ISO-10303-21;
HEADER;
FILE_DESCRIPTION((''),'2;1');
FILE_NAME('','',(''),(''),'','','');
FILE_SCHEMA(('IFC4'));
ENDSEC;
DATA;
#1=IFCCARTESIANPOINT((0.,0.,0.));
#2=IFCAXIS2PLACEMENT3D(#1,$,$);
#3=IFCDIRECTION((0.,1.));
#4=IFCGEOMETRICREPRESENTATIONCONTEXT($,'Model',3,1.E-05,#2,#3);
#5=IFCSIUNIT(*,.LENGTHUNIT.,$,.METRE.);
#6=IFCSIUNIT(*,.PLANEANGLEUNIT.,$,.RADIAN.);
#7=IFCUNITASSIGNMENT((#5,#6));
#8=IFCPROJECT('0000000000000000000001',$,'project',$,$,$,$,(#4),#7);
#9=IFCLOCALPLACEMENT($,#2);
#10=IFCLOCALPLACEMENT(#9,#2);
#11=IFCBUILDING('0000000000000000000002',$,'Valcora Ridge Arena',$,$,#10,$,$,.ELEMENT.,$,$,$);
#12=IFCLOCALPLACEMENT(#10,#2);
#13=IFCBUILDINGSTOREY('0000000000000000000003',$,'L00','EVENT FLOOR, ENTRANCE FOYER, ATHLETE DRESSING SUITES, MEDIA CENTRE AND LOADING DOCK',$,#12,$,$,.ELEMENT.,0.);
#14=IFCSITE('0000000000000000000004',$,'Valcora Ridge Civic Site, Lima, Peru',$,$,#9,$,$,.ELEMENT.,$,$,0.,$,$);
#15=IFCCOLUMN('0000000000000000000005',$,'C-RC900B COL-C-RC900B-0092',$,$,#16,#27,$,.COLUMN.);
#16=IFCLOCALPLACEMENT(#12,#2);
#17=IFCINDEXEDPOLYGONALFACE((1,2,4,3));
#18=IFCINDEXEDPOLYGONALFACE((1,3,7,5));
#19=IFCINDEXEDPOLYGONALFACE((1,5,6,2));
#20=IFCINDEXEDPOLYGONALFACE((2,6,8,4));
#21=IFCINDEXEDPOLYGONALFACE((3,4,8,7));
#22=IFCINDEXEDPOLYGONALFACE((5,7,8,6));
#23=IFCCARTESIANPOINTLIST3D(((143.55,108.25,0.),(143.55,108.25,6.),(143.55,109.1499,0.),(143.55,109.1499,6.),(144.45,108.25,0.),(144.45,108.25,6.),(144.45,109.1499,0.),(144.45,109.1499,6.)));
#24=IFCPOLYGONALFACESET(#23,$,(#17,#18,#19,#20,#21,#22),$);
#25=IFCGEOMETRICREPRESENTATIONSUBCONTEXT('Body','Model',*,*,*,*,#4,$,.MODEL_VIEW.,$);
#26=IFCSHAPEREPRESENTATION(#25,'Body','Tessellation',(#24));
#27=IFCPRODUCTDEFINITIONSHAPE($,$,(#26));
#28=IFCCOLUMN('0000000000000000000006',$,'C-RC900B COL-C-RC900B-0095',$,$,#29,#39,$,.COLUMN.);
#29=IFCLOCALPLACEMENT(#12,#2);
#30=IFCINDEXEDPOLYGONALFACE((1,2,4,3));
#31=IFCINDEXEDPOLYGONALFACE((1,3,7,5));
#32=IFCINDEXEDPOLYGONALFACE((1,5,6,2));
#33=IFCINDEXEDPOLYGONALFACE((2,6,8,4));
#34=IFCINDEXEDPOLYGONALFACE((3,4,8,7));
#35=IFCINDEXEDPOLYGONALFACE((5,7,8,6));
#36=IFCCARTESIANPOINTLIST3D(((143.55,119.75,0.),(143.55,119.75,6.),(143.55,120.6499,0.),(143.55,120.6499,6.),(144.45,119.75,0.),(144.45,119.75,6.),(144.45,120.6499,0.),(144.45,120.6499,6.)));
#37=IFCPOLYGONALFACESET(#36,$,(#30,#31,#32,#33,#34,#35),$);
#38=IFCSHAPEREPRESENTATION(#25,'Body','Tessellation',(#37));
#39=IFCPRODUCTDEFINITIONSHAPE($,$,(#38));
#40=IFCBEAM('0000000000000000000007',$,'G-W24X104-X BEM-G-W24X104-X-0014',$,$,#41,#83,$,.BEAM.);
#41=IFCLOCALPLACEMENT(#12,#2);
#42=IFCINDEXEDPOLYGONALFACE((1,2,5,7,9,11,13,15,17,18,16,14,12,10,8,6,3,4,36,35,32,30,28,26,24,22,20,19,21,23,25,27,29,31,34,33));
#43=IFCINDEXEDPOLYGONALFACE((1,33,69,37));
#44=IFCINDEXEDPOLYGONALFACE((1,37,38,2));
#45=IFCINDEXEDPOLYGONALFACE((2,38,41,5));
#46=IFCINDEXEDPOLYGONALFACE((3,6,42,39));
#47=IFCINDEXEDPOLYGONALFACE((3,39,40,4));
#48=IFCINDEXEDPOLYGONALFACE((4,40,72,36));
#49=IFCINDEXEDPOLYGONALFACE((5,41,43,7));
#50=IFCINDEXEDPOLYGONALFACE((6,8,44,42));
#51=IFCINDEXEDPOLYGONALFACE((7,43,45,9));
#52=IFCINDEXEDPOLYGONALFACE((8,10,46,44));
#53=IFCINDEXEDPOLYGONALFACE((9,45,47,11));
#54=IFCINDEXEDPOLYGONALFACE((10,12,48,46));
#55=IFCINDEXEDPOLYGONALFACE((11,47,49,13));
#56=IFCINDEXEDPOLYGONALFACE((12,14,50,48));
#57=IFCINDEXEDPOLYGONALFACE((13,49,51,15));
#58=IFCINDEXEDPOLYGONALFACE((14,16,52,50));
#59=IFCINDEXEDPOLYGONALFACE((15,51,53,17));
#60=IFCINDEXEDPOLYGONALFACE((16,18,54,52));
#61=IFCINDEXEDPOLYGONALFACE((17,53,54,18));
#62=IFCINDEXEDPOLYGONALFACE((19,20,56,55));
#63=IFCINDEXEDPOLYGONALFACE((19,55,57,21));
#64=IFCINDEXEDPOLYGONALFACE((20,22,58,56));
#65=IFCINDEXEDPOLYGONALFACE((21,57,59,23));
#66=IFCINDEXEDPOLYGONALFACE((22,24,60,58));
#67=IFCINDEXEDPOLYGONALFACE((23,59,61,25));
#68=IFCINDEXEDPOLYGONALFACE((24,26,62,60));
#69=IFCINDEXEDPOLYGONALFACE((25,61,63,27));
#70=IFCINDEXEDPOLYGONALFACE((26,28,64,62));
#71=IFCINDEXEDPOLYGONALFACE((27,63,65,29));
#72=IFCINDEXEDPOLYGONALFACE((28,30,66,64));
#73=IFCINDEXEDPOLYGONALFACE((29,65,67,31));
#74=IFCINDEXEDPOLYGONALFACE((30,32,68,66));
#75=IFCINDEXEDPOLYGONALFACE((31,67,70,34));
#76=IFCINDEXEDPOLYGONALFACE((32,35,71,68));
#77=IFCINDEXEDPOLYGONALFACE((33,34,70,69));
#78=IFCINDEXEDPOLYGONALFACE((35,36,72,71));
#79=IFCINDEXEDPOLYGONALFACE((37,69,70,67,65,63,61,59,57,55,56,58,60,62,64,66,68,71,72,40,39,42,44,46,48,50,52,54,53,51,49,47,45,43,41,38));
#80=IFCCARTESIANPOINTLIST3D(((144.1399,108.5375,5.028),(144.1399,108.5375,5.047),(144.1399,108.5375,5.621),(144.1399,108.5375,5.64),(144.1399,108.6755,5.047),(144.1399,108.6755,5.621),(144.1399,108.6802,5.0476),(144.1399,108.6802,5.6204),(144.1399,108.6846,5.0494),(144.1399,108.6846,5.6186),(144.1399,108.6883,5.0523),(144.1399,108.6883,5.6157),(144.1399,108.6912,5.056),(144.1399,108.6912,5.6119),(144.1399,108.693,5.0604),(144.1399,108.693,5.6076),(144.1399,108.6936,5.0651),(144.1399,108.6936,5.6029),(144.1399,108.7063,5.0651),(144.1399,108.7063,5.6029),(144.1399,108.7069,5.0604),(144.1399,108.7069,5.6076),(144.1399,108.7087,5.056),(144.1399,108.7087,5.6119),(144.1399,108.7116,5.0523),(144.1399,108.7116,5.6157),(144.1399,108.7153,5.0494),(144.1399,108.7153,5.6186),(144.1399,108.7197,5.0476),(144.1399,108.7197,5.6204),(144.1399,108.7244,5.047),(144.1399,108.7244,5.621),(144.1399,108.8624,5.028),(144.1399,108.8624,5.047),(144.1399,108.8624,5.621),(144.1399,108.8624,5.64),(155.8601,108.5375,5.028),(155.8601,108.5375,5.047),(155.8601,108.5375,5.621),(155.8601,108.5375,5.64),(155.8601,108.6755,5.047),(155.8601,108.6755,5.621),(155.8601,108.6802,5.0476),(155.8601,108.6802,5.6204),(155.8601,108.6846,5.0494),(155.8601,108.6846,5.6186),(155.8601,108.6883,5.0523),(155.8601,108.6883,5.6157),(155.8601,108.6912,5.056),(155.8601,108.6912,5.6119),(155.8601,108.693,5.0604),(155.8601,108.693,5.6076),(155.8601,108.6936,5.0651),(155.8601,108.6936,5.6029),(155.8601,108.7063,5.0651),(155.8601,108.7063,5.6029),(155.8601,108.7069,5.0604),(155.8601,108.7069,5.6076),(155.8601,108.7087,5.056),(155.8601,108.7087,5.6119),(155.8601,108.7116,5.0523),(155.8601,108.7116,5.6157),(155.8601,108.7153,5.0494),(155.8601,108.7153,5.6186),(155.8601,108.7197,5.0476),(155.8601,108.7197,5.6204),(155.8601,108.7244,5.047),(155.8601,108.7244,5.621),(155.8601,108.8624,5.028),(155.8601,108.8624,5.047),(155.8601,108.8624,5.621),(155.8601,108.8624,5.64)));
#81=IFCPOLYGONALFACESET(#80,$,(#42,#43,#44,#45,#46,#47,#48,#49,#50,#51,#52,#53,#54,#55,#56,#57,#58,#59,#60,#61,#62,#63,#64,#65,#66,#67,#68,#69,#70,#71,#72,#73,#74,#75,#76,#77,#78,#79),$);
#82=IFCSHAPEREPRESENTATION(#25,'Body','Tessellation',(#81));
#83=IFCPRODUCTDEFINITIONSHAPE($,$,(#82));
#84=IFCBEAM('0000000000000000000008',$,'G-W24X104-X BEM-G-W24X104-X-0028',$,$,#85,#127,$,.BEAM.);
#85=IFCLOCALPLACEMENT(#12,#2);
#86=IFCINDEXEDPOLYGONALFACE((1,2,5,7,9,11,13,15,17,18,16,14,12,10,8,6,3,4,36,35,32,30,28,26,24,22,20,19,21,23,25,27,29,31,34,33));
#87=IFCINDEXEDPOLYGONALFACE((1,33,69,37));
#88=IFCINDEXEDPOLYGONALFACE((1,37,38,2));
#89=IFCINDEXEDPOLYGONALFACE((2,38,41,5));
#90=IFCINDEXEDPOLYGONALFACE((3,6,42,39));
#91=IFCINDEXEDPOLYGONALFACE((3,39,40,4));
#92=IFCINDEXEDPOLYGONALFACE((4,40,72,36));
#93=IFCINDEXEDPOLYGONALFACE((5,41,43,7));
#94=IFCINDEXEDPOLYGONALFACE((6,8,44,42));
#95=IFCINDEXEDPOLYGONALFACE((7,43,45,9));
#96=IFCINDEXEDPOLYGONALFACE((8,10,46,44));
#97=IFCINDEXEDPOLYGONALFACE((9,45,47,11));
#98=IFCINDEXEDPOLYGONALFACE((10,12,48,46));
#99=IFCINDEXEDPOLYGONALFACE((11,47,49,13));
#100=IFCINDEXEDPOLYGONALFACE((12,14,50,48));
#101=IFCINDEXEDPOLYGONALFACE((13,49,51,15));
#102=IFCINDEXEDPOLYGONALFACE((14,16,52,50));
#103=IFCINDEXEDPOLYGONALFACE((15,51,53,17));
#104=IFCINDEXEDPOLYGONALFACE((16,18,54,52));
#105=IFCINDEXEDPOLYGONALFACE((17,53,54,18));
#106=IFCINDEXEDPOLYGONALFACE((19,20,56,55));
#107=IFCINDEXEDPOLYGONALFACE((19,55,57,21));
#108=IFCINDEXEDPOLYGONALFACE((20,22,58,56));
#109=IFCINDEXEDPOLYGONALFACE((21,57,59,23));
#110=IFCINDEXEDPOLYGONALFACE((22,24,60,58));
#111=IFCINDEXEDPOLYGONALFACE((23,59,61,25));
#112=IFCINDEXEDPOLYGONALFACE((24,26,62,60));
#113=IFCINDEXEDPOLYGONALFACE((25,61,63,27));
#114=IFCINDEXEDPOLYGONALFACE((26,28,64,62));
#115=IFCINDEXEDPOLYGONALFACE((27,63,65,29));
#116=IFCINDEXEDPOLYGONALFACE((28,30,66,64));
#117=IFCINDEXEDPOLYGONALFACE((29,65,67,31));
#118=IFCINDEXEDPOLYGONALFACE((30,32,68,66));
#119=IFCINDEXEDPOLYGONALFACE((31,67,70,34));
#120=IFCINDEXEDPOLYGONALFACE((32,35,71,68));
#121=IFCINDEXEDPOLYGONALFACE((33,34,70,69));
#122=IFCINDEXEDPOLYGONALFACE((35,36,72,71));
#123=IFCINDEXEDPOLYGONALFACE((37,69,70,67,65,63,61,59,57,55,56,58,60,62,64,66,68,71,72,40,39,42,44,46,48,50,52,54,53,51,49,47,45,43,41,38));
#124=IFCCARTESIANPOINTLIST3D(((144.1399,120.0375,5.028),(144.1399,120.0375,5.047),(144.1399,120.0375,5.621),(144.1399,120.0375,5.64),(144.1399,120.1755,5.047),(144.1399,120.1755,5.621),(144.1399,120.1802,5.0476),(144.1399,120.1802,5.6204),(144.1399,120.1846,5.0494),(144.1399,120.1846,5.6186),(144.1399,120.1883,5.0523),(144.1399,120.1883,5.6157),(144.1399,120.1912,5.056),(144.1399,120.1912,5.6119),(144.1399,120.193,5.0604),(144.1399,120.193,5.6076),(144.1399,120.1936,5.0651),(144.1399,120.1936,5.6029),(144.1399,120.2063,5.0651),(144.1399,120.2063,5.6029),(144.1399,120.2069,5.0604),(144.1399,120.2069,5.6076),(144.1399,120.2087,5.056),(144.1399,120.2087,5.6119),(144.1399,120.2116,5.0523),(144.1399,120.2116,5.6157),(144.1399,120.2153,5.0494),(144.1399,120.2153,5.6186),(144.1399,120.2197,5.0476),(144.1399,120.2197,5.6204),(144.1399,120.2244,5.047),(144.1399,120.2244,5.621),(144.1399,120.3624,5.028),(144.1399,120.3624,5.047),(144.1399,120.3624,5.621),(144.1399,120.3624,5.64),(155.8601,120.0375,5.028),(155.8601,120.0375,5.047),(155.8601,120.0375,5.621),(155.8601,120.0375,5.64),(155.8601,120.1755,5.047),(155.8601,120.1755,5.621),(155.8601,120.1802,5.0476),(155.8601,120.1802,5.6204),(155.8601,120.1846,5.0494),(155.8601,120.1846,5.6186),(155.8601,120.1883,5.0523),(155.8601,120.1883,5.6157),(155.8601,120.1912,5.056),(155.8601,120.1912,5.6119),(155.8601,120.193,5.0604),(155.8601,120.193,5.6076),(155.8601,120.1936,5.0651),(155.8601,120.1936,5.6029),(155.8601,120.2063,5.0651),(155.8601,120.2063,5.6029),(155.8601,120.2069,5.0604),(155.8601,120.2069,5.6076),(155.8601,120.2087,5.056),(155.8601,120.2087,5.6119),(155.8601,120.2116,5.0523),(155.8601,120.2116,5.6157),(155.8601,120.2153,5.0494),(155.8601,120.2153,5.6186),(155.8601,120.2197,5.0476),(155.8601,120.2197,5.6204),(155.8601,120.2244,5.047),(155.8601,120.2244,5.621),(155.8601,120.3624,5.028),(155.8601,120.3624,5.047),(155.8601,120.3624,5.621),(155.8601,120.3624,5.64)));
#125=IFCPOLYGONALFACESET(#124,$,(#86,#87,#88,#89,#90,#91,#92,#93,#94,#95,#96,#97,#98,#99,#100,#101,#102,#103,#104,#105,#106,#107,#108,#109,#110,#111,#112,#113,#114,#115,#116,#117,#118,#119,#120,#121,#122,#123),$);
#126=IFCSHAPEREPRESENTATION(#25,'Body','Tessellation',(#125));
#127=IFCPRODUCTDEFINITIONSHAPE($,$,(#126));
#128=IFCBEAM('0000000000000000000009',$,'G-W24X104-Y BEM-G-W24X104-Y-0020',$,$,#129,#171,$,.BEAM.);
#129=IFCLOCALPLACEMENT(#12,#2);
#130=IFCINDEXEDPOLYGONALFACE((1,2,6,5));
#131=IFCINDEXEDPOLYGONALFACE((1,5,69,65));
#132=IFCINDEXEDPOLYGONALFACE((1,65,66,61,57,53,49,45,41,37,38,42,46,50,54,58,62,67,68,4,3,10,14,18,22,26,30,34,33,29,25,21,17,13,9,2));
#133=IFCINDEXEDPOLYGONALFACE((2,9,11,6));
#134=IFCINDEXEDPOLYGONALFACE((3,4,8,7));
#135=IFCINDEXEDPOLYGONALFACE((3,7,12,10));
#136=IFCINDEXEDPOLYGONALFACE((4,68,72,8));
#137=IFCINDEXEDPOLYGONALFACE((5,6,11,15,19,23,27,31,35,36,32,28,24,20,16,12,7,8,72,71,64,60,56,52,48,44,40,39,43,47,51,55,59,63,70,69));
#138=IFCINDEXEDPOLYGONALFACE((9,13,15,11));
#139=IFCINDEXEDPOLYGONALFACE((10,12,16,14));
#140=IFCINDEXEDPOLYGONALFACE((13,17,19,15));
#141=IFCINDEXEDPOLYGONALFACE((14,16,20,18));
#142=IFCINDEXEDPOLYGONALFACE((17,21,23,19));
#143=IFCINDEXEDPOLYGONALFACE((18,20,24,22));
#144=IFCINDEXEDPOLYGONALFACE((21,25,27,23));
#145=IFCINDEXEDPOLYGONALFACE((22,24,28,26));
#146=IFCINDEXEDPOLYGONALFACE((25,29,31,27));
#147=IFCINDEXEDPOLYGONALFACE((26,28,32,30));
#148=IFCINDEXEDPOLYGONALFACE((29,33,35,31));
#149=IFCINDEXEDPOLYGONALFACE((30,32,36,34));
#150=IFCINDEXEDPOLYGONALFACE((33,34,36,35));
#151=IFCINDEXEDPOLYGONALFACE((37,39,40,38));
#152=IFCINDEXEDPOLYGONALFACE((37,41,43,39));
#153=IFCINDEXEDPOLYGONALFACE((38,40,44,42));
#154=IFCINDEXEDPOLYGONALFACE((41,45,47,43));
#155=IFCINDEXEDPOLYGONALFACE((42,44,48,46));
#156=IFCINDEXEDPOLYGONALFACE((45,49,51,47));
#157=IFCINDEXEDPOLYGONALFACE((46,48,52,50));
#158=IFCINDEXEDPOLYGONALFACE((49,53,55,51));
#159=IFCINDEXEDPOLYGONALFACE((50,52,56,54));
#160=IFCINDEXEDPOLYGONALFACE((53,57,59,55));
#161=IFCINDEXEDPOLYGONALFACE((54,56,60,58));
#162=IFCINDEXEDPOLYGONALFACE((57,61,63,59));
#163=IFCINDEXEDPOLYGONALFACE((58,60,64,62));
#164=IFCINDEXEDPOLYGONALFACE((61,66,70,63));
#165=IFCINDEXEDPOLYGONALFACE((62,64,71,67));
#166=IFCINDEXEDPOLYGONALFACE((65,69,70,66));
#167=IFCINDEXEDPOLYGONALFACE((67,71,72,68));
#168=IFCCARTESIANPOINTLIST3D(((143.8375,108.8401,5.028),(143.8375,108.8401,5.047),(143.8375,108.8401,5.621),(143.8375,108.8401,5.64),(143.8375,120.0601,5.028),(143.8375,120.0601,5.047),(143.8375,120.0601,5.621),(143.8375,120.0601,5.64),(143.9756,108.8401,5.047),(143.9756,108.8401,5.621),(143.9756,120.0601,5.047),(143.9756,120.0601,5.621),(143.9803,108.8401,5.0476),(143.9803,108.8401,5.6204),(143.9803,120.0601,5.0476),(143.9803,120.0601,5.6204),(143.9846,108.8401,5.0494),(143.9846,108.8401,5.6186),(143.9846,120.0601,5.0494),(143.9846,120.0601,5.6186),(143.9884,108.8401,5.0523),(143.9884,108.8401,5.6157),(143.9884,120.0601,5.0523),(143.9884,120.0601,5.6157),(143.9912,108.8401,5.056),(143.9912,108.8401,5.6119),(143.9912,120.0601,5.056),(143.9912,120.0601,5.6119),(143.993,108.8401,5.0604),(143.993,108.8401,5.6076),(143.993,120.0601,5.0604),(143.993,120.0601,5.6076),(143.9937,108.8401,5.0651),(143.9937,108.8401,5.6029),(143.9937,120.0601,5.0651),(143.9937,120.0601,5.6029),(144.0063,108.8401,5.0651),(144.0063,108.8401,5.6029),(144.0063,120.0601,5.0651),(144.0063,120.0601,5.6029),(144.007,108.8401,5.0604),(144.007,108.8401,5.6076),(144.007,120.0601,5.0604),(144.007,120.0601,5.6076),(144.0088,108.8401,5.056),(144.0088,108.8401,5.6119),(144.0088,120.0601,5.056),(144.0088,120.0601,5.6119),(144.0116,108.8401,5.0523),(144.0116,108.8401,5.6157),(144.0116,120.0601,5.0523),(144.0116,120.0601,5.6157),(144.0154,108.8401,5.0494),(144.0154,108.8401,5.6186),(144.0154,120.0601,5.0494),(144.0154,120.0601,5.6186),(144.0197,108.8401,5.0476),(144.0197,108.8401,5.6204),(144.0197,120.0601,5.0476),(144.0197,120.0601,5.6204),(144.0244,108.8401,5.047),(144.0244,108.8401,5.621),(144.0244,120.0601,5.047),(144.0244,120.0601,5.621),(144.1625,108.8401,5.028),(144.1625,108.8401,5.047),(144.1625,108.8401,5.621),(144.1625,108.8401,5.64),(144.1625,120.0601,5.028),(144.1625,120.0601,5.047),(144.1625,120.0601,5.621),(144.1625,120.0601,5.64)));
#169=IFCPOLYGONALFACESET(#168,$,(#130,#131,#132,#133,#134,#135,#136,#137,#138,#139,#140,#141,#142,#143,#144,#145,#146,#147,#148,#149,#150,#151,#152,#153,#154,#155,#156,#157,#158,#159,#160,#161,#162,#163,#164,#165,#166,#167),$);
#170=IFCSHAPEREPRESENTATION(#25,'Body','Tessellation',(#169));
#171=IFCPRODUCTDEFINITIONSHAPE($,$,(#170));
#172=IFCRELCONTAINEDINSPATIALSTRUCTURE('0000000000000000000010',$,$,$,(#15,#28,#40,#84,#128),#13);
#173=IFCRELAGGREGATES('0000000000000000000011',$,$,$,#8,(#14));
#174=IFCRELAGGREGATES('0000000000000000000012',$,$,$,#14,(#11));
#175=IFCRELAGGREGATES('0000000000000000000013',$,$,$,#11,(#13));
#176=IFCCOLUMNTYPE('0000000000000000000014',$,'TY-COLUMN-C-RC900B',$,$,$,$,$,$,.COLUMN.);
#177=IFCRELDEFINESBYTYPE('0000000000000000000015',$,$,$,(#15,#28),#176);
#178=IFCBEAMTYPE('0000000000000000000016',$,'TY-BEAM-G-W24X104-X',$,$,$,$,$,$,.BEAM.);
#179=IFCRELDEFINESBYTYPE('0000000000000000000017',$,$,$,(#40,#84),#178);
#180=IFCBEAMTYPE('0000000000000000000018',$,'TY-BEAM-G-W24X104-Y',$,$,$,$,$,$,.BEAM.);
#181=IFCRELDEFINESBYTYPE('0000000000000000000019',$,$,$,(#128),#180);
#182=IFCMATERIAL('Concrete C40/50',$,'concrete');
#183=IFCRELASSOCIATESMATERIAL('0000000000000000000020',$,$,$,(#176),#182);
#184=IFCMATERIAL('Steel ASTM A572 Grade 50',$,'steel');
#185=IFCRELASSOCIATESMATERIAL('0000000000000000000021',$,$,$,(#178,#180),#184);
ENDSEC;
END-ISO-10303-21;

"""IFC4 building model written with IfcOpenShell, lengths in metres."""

from ifc_helpers import new_model, si_unit, direction, frame, origin, origin_2d, place, context, subcontext, project, spatial, rectangle, i_section, extrude, material, material_profile, profile_set, type_object, element, save


model = new_model("IFC4")

# Units and contexts
model_context = context("Model", 3, precision=1e-05, world=origin(), true_north=direction((0.0, 1.0)))
body_context = subcontext(model_context, "Body", "Model", "MODEL_VIEW")
ifc_project = project(units=[si_unit("LENGTHUNIT", "METRE"), si_unit("PLANEANGLEUNIT", "RADIAN")], contexts=[model_context])

# Site, building, storey
site_placement = place(None, origin())
site = spatial("IfcSite", under=ifc_project, at=site_placement, Name="Valcora Ridge Civic Site, Lima, Peru", CompositionType="ELEMENT", RefElevation=0.0)
building_placement = place(site_placement, origin())
building = spatial("IfcBuilding", under=site, at=building_placement, Name="Valcora Ridge Arena", CompositionType="ELEMENT")
storey_placement = place(building_placement, origin())
storey = spatial("IfcBuildingStorey", under=building, at=storey_placement, Name="L00", Description="EVENT FLOOR, ENTRANCE FOYER, ATHLETE DRESSING SUITES, MEDIA CENTRE AND LOADING DOCK", CompositionType="ELEMENT", Elevation=0.0)

# Columns
ifc_material_1 = material(Name="Concrete C40/50", Category="concrete")
ifc_material_profile_1 = material_profile(ifc_material_1, rectangle(XDim=0.8999, YDim=0.8999, at=origin_2d()), Name="RC 900x900")
ifc_profile_set_1 = profile_set([ifc_material_profile_1], Name="Concrete C40/50")
column_type = type_object("IfcColumnType", Name="TY-COLUMN-C-RC900B", PredefinedType="COLUMN", material=ifc_profile_set_1)
for number, where, z_axis, x_axis, name in (
    (1, (144.0, 108.7, 0.0), (0.0, 0.0, 1.0), (1.0, 0.0, 0.0), "C-RC900B COL-C-RC900B-0092"),
    (2, (144.0, 120.2, 0.0), (0.0, 0.0, 1.0), (1.0, 0.0, 0.0), "C-RC900B COL-C-RC900B-0095"),
):
    element("IfcColumn", number, at=place(storey_placement, frame(where, z_axis=z_axis, x_axis=x_axis)), inside=storey, type_object=column_type, Name=name, PredefinedType="COLUMN", context=body_context, shape_type="SweptSolid", body=[
        extrude(rectangle(XDim=0.8999, YDim=0.8999, at=origin_2d()), origin(), (0.0, 0.0, 1.0), 6.0),
    ])

# Beams
ifc_material_2 = material(Name="Steel ASTM A572 Grade 50", Category="steel")
ifc_material_profile_2 = material_profile(ifc_material_2, i_section(OverallWidth=0.325, OverallDepth=0.6121, WebThickness=0.0127, FlangeThickness=0.019, FilletRadius=0.0181, at=origin_2d()), Name="W24X104")
ifc_profile_set_2 = profile_set([ifc_material_profile_2], Name="Steel ASTM A572 Grade 50")
beam_type_1 = type_object("IfcBeamType", Name="TY-BEAM-G-W24X104-X", PredefinedType="BEAM", material=ifc_profile_set_2)
for number, where, z_axis, x_axis, name in (
    (3, (144.1399, 108.7, 5.334), (1.0, 0.0, 0.0), (0.0, 1.0, 0.0), "G-W24X104-X BEM-G-W24X104-X-0014"),
    (4, (144.1399, 120.2, 5.334), (1.0, 0.0, 0.0), (0.0, 1.0, 0.0), "G-W24X104-X BEM-G-W24X104-X-0028"),
):
    element("IfcBeam", number, at=place(storey_placement, frame(where, z_axis=z_axis, x_axis=x_axis)), inside=storey, type_object=beam_type_1, Name=name, PredefinedType="BEAM", context=body_context, shape_type="SweptSolid", body=[
        extrude(i_section(OverallWidth=0.325, OverallDepth=0.6121, WebThickness=0.0127, FlangeThickness=0.019, FilletRadius=0.0181, at=origin_2d()), origin(), (0.0, 0.0, 1.0), 11.7202),
    ])
ifc_material_profile_3 = material_profile(ifc_material_2, i_section(OverallWidth=0.325, OverallDepth=0.6121, WebThickness=0.0127, FlangeThickness=0.019, FilletRadius=0.0181, at=origin_2d()), Name="W24X104")
ifc_profile_set_3 = profile_set([ifc_material_profile_3], Name="Steel ASTM A572 Grade 50")
beam_type_2 = type_object("IfcBeamType", Name="TY-BEAM-G-W24X104-Y", PredefinedType="BEAM", material=ifc_profile_set_3)
beam_1_placement = place(storey_placement, frame((144.0, 108.8401, 5.334), z_axis=(0.0, 1.0, 0.0), x_axis=(-1.0, 0.0, 0.0)))
element("IfcBeam", 5, at=beam_1_placement, inside=storey, type_object=beam_type_2, Name="G-W24X104-Y BEM-G-W24X104-Y-0020", PredefinedType="BEAM", context=body_context, shape_type="SweptSolid", body=[
    extrude(i_section(OverallWidth=0.325, OverallDepth=0.6121, WebThickness=0.0127, FlangeThickness=0.019, FilletRadius=0.0181, at=origin_2d()), origin(), (0.0, 0.0, 1.0), 11.22),
])

save(model, "model.ifc")
